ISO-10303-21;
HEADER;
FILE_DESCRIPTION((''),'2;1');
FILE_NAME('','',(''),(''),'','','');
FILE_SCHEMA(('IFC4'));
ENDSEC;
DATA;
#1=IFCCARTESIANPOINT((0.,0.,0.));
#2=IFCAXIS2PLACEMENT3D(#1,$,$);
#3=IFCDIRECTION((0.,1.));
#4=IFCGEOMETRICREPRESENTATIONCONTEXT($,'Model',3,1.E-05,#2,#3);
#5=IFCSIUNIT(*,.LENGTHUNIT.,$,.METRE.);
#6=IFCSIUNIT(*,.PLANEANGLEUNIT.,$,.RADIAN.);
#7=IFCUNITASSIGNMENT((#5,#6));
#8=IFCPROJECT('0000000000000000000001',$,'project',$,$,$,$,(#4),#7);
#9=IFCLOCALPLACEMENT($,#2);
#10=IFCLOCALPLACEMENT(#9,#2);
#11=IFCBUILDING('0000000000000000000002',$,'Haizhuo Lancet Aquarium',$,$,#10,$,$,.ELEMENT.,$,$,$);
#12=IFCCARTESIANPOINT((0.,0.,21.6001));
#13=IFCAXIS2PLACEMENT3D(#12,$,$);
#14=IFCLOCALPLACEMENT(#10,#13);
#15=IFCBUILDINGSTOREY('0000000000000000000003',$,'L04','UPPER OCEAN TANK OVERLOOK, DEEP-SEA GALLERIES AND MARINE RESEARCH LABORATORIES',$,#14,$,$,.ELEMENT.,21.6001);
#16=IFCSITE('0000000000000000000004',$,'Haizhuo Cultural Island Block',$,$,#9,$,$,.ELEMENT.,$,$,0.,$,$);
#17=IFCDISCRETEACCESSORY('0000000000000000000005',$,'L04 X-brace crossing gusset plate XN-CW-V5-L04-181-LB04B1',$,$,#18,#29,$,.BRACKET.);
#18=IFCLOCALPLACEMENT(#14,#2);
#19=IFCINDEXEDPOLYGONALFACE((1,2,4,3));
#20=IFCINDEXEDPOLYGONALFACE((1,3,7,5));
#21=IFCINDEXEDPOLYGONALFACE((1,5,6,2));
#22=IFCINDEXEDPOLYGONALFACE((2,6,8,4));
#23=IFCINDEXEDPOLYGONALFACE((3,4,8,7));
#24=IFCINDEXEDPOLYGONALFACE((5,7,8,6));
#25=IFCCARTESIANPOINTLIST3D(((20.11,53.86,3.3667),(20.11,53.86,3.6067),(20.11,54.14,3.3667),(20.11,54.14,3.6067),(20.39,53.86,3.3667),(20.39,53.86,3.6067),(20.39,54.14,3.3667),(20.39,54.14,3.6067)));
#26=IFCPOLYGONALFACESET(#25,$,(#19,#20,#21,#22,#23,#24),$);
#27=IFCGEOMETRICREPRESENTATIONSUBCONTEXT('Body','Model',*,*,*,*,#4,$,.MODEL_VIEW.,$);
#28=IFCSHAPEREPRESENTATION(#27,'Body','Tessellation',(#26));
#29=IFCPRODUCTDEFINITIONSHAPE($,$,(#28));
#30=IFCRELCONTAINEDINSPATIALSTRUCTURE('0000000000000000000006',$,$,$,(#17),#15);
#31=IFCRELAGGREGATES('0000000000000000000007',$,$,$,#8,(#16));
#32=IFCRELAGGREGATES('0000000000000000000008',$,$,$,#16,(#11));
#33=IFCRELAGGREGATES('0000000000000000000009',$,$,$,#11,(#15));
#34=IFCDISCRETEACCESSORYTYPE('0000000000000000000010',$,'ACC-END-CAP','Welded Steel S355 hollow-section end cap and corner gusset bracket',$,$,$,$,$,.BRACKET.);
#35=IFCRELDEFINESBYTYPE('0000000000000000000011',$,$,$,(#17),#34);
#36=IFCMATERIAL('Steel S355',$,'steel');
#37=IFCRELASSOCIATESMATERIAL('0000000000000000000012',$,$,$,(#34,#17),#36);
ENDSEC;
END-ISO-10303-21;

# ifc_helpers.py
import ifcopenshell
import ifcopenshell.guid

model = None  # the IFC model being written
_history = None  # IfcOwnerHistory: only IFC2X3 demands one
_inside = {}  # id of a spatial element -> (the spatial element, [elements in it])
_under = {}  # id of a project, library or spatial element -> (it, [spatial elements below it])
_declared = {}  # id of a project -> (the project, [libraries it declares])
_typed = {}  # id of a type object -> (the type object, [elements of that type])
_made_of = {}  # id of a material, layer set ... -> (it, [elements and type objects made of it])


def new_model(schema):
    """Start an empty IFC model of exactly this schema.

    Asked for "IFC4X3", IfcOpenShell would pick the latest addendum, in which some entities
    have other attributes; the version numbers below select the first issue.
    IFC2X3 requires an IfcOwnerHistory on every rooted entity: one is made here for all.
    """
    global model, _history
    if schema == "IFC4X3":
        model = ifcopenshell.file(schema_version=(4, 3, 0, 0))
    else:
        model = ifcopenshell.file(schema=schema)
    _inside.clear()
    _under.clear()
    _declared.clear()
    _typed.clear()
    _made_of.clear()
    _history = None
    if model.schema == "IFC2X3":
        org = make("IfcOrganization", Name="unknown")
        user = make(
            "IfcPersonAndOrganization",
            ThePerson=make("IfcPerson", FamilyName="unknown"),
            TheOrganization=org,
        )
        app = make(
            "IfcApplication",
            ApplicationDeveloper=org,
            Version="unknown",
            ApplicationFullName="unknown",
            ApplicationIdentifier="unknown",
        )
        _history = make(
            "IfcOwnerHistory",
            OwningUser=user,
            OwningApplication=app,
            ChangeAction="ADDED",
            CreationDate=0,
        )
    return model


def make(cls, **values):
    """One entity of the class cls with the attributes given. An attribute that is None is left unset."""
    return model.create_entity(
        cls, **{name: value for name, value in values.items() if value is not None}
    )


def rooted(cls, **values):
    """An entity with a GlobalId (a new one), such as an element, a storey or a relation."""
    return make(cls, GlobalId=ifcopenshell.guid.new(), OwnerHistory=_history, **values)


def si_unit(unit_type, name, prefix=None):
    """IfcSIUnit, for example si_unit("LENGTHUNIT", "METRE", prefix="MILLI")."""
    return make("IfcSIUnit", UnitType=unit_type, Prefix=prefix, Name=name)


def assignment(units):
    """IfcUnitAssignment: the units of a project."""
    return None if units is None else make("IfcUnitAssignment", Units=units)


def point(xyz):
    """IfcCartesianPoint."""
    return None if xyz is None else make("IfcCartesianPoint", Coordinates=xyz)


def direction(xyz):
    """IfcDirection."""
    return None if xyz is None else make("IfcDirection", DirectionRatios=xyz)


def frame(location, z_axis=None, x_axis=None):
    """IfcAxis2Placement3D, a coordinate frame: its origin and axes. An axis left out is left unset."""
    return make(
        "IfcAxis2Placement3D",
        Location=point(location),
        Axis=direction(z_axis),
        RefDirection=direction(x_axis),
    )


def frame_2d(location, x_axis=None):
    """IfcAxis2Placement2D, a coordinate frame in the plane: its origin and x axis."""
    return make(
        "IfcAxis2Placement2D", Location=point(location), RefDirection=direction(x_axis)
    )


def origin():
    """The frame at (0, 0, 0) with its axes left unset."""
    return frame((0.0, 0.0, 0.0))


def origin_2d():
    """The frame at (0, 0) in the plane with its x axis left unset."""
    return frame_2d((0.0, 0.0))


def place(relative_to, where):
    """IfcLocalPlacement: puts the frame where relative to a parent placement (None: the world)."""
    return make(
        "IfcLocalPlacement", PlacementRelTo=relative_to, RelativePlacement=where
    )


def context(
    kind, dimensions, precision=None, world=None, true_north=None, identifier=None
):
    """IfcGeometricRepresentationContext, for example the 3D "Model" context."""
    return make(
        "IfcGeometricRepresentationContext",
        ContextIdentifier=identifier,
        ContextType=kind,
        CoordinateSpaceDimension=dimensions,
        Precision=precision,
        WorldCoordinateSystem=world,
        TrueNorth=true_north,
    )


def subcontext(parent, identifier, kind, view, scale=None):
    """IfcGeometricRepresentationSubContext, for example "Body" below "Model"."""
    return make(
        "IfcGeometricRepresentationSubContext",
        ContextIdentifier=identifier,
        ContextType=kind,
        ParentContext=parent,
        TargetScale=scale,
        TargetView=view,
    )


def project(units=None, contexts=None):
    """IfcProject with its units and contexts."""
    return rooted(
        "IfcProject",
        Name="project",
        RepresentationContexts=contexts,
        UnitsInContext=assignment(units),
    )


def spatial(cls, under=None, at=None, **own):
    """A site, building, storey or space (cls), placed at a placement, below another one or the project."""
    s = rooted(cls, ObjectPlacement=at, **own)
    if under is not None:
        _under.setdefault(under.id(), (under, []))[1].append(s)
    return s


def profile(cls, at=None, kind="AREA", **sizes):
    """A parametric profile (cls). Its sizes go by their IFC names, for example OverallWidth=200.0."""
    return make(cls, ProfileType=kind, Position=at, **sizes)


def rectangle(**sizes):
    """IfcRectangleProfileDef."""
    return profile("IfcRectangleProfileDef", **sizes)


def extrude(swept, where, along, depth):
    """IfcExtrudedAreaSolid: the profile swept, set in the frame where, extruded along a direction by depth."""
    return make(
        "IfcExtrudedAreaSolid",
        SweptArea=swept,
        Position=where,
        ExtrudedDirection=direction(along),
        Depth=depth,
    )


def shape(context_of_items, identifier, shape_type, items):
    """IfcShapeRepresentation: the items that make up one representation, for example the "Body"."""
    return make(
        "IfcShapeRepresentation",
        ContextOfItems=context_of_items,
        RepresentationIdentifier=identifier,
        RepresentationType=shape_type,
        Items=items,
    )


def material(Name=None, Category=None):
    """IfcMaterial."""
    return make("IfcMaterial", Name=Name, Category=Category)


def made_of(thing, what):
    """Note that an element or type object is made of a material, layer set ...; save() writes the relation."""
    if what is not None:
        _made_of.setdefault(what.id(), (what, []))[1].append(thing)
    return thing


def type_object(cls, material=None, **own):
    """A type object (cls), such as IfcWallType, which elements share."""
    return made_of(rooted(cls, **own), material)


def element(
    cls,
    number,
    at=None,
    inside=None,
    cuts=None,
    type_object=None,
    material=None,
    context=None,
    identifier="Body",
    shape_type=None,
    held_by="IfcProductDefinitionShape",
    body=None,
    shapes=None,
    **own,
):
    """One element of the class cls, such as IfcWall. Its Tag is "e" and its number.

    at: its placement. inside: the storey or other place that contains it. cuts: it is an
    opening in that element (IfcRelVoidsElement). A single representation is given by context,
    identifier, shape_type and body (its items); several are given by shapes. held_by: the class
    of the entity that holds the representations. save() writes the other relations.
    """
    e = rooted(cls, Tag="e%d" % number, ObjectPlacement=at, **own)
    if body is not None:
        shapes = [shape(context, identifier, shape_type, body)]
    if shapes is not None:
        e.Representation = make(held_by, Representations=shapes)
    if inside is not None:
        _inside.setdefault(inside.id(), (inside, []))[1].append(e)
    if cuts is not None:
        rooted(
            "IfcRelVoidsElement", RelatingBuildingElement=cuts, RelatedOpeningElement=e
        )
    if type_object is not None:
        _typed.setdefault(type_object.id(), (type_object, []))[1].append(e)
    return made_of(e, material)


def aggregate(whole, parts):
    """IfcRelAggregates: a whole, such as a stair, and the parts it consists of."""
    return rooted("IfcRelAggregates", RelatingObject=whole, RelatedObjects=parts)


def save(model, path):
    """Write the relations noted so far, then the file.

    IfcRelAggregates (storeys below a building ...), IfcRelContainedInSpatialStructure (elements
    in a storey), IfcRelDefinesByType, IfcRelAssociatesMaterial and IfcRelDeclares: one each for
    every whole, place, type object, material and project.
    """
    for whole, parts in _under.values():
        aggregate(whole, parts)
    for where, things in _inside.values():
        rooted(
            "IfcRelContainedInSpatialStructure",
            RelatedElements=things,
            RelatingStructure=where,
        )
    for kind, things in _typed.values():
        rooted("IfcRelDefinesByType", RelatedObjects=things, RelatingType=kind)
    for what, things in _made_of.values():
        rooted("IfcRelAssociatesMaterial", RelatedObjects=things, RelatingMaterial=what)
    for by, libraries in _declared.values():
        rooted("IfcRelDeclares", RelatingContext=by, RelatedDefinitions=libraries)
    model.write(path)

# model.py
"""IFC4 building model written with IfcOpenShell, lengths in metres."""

from ifc_helpers import new_model, si_unit, direction, frame, origin, origin_2d, place, context, subcontext, project, spatial, rectangle, extrude, material, type_object, element, save


model = new_model("IFC4")

# Units and contexts
model_context = context("Model", 3, precision=1e-05, world=origin(), true_north=direction((0.0, 1.0)))
body_context = subcontext(model_context, "Body", "Model", "MODEL_VIEW")
ifc_project = project(units=[si_unit("LENGTHUNIT", "METRE"), si_unit("PLANEANGLEUNIT", "RADIAN")], contexts=[model_context])

# Site, building, storey
site_placement = place(None, origin())
site = spatial("IfcSite", under=ifc_project, at=site_placement, Name="Haizhuo Cultural Island Block", CompositionType="ELEMENT", RefElevation=0.0)
building_placement = place(site_placement, origin())
building = spatial("IfcBuilding", under=site, at=building_placement, Name="Haizhuo Lancet Aquarium", CompositionType="ELEMENT")
storey_placement = place(building_placement, frame((0.0, 0.0, 21.6001)))
storey = spatial("IfcBuildingStorey", under=building, at=storey_placement, Name="L04", Description="UPPER OCEAN TANK OVERLOOK, DEEP-SEA GALLERIES AND MARINE RESEARCH LABORATORIES", CompositionType="ELEMENT", Elevation=21.6001)

# Shared definitions
ifc_material_1 = material(Name="Steel S355", Category="steel")

# Discrete accessory
discrete_accessory_type = type_object("IfcDiscreteAccessoryType", Name="ACC-END-CAP", Description="Welded Steel S355 hollow-section end cap and corner gusset bracket", PredefinedType="BRACKET", material=ifc_material_1)
for number, where, z_axis, x_axis, name in (
    (1, (20.25, 54.0, 3.3667), (0.0, 0.0, 1.0), (1.0, 0.0, 0.0), "L04 X-brace crossing gusset plate XN-CW-V5-L04-181-LB04B1"),
):
    element("IfcDiscreteAccessory", number, at=place(storey_placement, frame(where, z_axis=z_axis, x_axis=x_axis)), inside=storey, type_object=discrete_accessory_type, material=ifc_material_1, Name=name, PredefinedType="BRACKET", context=body_context, shape_type="SweptSolid", body=[
        extrude(rectangle(XDim=0.28, YDim=0.28, at=origin_2d()), origin(), (0.0, 0.0, 1.0), 0.24),
    ])

save(model, "model.ifc")
